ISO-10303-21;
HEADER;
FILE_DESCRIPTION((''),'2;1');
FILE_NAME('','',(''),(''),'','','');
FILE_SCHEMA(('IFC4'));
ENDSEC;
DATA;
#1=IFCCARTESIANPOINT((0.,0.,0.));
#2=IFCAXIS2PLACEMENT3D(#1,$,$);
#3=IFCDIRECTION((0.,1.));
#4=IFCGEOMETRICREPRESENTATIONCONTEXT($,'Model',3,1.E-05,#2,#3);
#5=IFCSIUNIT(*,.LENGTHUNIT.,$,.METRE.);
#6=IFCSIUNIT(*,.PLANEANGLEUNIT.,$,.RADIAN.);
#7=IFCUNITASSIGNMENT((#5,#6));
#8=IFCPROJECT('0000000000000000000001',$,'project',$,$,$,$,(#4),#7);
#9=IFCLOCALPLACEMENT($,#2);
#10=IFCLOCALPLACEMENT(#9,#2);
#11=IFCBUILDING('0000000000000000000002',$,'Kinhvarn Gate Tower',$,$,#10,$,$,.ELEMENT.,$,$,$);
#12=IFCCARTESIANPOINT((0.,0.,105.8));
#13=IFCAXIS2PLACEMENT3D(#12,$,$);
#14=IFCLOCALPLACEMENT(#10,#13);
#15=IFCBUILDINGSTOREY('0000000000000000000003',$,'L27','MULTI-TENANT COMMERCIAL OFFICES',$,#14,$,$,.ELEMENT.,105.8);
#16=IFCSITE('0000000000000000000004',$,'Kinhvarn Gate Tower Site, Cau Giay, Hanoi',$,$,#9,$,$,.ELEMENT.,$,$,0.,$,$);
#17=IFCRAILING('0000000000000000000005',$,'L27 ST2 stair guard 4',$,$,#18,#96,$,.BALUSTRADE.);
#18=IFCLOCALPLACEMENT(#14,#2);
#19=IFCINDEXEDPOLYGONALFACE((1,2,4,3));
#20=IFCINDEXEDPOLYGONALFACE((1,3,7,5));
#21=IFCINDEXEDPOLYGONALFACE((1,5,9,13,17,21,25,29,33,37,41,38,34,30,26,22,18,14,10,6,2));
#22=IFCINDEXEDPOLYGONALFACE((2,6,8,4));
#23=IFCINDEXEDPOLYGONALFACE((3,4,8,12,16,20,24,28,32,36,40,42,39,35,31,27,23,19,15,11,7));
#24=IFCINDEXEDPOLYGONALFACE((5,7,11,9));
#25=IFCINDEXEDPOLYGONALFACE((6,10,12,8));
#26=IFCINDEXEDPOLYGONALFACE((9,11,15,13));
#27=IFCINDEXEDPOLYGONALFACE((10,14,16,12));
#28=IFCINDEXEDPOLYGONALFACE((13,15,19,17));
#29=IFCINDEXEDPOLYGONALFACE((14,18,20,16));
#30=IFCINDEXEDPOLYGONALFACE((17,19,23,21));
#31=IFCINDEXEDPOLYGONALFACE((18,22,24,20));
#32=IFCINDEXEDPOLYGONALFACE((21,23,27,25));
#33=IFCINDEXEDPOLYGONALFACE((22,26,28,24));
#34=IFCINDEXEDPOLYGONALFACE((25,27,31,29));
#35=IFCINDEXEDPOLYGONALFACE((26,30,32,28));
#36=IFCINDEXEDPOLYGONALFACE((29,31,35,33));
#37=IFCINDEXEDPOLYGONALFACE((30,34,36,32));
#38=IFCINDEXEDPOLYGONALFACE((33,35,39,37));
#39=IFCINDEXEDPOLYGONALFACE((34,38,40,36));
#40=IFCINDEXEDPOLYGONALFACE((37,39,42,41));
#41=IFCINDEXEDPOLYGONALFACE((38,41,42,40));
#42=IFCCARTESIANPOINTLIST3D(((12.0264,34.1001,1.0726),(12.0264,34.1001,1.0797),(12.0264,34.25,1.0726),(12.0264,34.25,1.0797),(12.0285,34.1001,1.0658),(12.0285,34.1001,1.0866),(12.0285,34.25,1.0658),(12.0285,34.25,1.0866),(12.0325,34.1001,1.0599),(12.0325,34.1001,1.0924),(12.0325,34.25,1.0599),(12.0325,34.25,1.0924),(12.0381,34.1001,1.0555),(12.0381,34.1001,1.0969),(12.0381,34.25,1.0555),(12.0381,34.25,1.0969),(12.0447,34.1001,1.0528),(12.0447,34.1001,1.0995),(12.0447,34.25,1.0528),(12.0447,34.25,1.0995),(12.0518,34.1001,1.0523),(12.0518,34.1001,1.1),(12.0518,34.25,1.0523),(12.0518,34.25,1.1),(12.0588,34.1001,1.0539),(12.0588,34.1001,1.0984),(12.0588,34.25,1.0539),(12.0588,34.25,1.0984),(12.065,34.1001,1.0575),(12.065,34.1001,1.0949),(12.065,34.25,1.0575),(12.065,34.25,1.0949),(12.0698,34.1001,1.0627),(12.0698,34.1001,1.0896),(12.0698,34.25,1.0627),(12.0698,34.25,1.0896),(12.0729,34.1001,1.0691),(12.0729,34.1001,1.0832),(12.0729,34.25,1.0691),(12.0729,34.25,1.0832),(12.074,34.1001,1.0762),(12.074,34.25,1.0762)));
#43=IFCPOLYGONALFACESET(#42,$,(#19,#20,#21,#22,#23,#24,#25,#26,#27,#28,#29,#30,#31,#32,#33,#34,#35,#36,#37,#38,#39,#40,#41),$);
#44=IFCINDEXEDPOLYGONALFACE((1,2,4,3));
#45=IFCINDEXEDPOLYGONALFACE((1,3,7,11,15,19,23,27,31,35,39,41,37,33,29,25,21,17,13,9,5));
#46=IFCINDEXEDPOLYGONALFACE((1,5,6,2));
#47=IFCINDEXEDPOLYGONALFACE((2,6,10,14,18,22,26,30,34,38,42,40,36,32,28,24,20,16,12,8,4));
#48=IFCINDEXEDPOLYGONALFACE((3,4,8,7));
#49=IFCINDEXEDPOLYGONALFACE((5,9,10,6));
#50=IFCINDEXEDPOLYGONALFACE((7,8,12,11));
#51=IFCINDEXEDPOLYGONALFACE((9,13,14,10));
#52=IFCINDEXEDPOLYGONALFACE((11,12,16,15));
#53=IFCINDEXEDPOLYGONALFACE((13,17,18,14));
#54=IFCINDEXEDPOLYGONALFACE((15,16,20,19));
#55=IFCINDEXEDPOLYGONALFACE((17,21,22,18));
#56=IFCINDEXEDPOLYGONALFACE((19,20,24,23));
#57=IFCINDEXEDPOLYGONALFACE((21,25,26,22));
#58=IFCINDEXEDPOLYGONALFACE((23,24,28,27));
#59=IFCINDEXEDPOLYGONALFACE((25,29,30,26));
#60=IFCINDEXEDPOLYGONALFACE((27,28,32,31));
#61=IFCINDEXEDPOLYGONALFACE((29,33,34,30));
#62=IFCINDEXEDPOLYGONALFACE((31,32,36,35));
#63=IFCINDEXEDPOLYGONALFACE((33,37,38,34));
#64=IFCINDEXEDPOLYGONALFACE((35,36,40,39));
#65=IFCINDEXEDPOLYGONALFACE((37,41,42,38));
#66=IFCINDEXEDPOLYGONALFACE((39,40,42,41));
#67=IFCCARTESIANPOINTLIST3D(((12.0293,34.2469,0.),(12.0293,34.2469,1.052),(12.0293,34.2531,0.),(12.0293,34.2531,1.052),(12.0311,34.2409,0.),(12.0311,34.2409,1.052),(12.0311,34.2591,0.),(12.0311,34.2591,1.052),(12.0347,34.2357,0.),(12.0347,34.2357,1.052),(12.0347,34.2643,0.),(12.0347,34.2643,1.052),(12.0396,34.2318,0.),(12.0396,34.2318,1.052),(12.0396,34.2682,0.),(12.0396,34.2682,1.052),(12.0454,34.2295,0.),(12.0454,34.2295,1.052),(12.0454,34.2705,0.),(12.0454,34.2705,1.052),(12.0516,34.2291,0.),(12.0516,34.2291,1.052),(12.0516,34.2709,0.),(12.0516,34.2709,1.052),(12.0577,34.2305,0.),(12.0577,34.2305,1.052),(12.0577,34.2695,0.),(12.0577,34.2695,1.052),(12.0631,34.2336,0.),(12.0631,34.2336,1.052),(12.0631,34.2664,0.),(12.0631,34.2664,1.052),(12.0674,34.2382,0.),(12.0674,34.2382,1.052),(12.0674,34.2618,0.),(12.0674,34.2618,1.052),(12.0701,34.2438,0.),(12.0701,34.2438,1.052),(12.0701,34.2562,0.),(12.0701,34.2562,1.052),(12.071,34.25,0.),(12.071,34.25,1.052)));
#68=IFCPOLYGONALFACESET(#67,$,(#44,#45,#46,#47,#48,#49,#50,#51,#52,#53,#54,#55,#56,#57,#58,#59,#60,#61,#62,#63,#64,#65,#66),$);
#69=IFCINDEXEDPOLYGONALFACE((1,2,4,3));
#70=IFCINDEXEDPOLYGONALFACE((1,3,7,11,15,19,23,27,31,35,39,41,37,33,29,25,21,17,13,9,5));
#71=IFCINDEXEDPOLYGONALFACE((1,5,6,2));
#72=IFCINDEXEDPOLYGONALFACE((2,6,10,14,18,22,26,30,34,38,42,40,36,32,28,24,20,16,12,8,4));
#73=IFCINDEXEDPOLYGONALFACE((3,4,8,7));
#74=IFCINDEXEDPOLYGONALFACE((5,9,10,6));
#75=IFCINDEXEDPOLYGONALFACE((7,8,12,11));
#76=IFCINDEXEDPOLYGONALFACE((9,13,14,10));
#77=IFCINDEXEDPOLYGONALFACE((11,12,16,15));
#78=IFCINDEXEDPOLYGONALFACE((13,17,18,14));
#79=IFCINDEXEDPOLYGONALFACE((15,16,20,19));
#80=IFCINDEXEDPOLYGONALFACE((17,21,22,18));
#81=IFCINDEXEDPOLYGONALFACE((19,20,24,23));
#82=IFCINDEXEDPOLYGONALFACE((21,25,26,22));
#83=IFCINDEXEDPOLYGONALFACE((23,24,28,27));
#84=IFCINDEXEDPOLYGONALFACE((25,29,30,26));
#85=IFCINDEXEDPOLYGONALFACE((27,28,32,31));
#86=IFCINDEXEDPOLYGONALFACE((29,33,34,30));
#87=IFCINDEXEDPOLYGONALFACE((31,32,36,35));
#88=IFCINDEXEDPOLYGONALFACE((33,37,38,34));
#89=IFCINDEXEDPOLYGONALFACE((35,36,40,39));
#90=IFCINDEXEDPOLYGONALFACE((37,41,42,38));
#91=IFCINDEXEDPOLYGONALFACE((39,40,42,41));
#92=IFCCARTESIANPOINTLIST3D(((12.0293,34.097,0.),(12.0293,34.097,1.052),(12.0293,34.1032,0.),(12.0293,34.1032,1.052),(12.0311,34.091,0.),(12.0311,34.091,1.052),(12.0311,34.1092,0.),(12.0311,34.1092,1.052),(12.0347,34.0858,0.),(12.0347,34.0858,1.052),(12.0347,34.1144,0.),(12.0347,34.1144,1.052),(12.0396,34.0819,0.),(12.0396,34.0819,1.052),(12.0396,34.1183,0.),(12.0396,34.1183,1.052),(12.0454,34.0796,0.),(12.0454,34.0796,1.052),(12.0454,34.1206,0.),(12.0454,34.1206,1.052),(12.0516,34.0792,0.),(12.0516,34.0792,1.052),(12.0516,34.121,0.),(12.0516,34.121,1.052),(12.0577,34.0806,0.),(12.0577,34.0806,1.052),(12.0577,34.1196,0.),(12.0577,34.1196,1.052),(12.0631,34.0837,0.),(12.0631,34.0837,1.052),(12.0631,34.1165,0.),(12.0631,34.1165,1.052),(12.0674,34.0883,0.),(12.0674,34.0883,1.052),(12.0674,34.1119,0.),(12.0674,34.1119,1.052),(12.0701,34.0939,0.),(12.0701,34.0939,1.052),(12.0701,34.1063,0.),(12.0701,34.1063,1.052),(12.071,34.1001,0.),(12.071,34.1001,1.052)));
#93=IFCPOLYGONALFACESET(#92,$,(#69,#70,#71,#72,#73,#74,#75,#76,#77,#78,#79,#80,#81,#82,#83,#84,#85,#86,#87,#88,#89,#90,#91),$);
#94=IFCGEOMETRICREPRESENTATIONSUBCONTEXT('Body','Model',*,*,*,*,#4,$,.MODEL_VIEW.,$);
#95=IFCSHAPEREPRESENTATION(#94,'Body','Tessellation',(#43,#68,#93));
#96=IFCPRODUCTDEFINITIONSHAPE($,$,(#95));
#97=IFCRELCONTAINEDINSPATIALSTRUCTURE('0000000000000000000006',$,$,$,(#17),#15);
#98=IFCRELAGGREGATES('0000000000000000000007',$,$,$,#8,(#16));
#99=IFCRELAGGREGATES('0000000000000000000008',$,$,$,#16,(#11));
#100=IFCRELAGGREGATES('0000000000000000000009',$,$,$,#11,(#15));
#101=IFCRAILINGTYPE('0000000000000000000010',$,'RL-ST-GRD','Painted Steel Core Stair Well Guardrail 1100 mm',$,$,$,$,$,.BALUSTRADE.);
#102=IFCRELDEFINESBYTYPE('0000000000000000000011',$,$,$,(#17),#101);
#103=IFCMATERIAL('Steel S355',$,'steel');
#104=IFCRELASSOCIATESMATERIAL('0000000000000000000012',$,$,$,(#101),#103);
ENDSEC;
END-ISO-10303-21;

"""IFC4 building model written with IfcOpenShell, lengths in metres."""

from ifc_helpers import new_model, si_unit, direction, frame, origin, origin_2d, place, context, subcontext, project, spatial, circle, extrude, material, type_object, element, save


model = new_model("IFC4")

# Units and contexts
model_context = context("Model", 3, precision=1e-05, world=origin(), true_north=direction((0.0, 1.0)))
body_context = subcontext(model_context, "Body", "Model", "MODEL_VIEW")
ifc_project = project(units=[si_unit("LENGTHUNIT", "METRE"), si_unit("PLANEANGLEUNIT", "RADIAN")], contexts=[model_context])

# Site, building, storey
site_placement = place(None, origin())
site = spatial("IfcSite", under=ifc_project, at=site_placement, Name="Kinhvarn Gate Tower Site, Cau Giay, Hanoi", CompositionType="ELEMENT", RefElevation=0.0)
building_placement = place(site_placement, origin())
building = spatial("IfcBuilding", under=site, at=building_placement, Name="Kinhvarn Gate Tower", CompositionType="ELEMENT")
storey_placement = place(building_placement, frame((0.0, 0.0, 105.8)))
storey = spatial("IfcBuildingStorey", under=building, at=storey_placement, Name="L27", Description="MULTI-TENANT COMMERCIAL OFFICES", CompositionType="ELEMENT", Elevation=105.8)

# Shared definitions
ifc_material_1 = material(Name="Steel S355", Category="steel")

# Railing
railing_type_1 = type_object("IfcRailingType", Name="RL-ST-GRD", Description="Painted Steel Core Stair Well Guardrail 1100 mm", PredefinedType="BALUSTRADE", material=ifc_material_1)
railing_1_placement = place(storey_placement, frame((12.05, 34.25, 0.0)))
element("IfcRailing", 1, at=railing_1_placement, inside=storey, type_object=railing_type_1, Name="L27 ST2 stair guard 4", PredefinedType="BALUSTRADE", context=body_context, shape_type="SweptSolid", body=[
    extrude(circle(Radius=0.0239, at=origin_2d()), frame((0.0, 0.0, 1.0762), z_axis=(0.0, -1.0, 0.0), x_axis=(1.0, 0.0, 0.0)), (0.0, 0.0, 1.0), 0.1499),
    extrude(circle(Radius=0.021, at=origin_2d()), origin(), (0.0, 0.0, 1.0), 1.052),
    extrude(circle(Radius=0.021, at=origin_2d()), frame((0.0, -0.1499, 0.0)), (0.0, 0.0, 1.0), 1.052),
])

save(model, "model.ifc")
